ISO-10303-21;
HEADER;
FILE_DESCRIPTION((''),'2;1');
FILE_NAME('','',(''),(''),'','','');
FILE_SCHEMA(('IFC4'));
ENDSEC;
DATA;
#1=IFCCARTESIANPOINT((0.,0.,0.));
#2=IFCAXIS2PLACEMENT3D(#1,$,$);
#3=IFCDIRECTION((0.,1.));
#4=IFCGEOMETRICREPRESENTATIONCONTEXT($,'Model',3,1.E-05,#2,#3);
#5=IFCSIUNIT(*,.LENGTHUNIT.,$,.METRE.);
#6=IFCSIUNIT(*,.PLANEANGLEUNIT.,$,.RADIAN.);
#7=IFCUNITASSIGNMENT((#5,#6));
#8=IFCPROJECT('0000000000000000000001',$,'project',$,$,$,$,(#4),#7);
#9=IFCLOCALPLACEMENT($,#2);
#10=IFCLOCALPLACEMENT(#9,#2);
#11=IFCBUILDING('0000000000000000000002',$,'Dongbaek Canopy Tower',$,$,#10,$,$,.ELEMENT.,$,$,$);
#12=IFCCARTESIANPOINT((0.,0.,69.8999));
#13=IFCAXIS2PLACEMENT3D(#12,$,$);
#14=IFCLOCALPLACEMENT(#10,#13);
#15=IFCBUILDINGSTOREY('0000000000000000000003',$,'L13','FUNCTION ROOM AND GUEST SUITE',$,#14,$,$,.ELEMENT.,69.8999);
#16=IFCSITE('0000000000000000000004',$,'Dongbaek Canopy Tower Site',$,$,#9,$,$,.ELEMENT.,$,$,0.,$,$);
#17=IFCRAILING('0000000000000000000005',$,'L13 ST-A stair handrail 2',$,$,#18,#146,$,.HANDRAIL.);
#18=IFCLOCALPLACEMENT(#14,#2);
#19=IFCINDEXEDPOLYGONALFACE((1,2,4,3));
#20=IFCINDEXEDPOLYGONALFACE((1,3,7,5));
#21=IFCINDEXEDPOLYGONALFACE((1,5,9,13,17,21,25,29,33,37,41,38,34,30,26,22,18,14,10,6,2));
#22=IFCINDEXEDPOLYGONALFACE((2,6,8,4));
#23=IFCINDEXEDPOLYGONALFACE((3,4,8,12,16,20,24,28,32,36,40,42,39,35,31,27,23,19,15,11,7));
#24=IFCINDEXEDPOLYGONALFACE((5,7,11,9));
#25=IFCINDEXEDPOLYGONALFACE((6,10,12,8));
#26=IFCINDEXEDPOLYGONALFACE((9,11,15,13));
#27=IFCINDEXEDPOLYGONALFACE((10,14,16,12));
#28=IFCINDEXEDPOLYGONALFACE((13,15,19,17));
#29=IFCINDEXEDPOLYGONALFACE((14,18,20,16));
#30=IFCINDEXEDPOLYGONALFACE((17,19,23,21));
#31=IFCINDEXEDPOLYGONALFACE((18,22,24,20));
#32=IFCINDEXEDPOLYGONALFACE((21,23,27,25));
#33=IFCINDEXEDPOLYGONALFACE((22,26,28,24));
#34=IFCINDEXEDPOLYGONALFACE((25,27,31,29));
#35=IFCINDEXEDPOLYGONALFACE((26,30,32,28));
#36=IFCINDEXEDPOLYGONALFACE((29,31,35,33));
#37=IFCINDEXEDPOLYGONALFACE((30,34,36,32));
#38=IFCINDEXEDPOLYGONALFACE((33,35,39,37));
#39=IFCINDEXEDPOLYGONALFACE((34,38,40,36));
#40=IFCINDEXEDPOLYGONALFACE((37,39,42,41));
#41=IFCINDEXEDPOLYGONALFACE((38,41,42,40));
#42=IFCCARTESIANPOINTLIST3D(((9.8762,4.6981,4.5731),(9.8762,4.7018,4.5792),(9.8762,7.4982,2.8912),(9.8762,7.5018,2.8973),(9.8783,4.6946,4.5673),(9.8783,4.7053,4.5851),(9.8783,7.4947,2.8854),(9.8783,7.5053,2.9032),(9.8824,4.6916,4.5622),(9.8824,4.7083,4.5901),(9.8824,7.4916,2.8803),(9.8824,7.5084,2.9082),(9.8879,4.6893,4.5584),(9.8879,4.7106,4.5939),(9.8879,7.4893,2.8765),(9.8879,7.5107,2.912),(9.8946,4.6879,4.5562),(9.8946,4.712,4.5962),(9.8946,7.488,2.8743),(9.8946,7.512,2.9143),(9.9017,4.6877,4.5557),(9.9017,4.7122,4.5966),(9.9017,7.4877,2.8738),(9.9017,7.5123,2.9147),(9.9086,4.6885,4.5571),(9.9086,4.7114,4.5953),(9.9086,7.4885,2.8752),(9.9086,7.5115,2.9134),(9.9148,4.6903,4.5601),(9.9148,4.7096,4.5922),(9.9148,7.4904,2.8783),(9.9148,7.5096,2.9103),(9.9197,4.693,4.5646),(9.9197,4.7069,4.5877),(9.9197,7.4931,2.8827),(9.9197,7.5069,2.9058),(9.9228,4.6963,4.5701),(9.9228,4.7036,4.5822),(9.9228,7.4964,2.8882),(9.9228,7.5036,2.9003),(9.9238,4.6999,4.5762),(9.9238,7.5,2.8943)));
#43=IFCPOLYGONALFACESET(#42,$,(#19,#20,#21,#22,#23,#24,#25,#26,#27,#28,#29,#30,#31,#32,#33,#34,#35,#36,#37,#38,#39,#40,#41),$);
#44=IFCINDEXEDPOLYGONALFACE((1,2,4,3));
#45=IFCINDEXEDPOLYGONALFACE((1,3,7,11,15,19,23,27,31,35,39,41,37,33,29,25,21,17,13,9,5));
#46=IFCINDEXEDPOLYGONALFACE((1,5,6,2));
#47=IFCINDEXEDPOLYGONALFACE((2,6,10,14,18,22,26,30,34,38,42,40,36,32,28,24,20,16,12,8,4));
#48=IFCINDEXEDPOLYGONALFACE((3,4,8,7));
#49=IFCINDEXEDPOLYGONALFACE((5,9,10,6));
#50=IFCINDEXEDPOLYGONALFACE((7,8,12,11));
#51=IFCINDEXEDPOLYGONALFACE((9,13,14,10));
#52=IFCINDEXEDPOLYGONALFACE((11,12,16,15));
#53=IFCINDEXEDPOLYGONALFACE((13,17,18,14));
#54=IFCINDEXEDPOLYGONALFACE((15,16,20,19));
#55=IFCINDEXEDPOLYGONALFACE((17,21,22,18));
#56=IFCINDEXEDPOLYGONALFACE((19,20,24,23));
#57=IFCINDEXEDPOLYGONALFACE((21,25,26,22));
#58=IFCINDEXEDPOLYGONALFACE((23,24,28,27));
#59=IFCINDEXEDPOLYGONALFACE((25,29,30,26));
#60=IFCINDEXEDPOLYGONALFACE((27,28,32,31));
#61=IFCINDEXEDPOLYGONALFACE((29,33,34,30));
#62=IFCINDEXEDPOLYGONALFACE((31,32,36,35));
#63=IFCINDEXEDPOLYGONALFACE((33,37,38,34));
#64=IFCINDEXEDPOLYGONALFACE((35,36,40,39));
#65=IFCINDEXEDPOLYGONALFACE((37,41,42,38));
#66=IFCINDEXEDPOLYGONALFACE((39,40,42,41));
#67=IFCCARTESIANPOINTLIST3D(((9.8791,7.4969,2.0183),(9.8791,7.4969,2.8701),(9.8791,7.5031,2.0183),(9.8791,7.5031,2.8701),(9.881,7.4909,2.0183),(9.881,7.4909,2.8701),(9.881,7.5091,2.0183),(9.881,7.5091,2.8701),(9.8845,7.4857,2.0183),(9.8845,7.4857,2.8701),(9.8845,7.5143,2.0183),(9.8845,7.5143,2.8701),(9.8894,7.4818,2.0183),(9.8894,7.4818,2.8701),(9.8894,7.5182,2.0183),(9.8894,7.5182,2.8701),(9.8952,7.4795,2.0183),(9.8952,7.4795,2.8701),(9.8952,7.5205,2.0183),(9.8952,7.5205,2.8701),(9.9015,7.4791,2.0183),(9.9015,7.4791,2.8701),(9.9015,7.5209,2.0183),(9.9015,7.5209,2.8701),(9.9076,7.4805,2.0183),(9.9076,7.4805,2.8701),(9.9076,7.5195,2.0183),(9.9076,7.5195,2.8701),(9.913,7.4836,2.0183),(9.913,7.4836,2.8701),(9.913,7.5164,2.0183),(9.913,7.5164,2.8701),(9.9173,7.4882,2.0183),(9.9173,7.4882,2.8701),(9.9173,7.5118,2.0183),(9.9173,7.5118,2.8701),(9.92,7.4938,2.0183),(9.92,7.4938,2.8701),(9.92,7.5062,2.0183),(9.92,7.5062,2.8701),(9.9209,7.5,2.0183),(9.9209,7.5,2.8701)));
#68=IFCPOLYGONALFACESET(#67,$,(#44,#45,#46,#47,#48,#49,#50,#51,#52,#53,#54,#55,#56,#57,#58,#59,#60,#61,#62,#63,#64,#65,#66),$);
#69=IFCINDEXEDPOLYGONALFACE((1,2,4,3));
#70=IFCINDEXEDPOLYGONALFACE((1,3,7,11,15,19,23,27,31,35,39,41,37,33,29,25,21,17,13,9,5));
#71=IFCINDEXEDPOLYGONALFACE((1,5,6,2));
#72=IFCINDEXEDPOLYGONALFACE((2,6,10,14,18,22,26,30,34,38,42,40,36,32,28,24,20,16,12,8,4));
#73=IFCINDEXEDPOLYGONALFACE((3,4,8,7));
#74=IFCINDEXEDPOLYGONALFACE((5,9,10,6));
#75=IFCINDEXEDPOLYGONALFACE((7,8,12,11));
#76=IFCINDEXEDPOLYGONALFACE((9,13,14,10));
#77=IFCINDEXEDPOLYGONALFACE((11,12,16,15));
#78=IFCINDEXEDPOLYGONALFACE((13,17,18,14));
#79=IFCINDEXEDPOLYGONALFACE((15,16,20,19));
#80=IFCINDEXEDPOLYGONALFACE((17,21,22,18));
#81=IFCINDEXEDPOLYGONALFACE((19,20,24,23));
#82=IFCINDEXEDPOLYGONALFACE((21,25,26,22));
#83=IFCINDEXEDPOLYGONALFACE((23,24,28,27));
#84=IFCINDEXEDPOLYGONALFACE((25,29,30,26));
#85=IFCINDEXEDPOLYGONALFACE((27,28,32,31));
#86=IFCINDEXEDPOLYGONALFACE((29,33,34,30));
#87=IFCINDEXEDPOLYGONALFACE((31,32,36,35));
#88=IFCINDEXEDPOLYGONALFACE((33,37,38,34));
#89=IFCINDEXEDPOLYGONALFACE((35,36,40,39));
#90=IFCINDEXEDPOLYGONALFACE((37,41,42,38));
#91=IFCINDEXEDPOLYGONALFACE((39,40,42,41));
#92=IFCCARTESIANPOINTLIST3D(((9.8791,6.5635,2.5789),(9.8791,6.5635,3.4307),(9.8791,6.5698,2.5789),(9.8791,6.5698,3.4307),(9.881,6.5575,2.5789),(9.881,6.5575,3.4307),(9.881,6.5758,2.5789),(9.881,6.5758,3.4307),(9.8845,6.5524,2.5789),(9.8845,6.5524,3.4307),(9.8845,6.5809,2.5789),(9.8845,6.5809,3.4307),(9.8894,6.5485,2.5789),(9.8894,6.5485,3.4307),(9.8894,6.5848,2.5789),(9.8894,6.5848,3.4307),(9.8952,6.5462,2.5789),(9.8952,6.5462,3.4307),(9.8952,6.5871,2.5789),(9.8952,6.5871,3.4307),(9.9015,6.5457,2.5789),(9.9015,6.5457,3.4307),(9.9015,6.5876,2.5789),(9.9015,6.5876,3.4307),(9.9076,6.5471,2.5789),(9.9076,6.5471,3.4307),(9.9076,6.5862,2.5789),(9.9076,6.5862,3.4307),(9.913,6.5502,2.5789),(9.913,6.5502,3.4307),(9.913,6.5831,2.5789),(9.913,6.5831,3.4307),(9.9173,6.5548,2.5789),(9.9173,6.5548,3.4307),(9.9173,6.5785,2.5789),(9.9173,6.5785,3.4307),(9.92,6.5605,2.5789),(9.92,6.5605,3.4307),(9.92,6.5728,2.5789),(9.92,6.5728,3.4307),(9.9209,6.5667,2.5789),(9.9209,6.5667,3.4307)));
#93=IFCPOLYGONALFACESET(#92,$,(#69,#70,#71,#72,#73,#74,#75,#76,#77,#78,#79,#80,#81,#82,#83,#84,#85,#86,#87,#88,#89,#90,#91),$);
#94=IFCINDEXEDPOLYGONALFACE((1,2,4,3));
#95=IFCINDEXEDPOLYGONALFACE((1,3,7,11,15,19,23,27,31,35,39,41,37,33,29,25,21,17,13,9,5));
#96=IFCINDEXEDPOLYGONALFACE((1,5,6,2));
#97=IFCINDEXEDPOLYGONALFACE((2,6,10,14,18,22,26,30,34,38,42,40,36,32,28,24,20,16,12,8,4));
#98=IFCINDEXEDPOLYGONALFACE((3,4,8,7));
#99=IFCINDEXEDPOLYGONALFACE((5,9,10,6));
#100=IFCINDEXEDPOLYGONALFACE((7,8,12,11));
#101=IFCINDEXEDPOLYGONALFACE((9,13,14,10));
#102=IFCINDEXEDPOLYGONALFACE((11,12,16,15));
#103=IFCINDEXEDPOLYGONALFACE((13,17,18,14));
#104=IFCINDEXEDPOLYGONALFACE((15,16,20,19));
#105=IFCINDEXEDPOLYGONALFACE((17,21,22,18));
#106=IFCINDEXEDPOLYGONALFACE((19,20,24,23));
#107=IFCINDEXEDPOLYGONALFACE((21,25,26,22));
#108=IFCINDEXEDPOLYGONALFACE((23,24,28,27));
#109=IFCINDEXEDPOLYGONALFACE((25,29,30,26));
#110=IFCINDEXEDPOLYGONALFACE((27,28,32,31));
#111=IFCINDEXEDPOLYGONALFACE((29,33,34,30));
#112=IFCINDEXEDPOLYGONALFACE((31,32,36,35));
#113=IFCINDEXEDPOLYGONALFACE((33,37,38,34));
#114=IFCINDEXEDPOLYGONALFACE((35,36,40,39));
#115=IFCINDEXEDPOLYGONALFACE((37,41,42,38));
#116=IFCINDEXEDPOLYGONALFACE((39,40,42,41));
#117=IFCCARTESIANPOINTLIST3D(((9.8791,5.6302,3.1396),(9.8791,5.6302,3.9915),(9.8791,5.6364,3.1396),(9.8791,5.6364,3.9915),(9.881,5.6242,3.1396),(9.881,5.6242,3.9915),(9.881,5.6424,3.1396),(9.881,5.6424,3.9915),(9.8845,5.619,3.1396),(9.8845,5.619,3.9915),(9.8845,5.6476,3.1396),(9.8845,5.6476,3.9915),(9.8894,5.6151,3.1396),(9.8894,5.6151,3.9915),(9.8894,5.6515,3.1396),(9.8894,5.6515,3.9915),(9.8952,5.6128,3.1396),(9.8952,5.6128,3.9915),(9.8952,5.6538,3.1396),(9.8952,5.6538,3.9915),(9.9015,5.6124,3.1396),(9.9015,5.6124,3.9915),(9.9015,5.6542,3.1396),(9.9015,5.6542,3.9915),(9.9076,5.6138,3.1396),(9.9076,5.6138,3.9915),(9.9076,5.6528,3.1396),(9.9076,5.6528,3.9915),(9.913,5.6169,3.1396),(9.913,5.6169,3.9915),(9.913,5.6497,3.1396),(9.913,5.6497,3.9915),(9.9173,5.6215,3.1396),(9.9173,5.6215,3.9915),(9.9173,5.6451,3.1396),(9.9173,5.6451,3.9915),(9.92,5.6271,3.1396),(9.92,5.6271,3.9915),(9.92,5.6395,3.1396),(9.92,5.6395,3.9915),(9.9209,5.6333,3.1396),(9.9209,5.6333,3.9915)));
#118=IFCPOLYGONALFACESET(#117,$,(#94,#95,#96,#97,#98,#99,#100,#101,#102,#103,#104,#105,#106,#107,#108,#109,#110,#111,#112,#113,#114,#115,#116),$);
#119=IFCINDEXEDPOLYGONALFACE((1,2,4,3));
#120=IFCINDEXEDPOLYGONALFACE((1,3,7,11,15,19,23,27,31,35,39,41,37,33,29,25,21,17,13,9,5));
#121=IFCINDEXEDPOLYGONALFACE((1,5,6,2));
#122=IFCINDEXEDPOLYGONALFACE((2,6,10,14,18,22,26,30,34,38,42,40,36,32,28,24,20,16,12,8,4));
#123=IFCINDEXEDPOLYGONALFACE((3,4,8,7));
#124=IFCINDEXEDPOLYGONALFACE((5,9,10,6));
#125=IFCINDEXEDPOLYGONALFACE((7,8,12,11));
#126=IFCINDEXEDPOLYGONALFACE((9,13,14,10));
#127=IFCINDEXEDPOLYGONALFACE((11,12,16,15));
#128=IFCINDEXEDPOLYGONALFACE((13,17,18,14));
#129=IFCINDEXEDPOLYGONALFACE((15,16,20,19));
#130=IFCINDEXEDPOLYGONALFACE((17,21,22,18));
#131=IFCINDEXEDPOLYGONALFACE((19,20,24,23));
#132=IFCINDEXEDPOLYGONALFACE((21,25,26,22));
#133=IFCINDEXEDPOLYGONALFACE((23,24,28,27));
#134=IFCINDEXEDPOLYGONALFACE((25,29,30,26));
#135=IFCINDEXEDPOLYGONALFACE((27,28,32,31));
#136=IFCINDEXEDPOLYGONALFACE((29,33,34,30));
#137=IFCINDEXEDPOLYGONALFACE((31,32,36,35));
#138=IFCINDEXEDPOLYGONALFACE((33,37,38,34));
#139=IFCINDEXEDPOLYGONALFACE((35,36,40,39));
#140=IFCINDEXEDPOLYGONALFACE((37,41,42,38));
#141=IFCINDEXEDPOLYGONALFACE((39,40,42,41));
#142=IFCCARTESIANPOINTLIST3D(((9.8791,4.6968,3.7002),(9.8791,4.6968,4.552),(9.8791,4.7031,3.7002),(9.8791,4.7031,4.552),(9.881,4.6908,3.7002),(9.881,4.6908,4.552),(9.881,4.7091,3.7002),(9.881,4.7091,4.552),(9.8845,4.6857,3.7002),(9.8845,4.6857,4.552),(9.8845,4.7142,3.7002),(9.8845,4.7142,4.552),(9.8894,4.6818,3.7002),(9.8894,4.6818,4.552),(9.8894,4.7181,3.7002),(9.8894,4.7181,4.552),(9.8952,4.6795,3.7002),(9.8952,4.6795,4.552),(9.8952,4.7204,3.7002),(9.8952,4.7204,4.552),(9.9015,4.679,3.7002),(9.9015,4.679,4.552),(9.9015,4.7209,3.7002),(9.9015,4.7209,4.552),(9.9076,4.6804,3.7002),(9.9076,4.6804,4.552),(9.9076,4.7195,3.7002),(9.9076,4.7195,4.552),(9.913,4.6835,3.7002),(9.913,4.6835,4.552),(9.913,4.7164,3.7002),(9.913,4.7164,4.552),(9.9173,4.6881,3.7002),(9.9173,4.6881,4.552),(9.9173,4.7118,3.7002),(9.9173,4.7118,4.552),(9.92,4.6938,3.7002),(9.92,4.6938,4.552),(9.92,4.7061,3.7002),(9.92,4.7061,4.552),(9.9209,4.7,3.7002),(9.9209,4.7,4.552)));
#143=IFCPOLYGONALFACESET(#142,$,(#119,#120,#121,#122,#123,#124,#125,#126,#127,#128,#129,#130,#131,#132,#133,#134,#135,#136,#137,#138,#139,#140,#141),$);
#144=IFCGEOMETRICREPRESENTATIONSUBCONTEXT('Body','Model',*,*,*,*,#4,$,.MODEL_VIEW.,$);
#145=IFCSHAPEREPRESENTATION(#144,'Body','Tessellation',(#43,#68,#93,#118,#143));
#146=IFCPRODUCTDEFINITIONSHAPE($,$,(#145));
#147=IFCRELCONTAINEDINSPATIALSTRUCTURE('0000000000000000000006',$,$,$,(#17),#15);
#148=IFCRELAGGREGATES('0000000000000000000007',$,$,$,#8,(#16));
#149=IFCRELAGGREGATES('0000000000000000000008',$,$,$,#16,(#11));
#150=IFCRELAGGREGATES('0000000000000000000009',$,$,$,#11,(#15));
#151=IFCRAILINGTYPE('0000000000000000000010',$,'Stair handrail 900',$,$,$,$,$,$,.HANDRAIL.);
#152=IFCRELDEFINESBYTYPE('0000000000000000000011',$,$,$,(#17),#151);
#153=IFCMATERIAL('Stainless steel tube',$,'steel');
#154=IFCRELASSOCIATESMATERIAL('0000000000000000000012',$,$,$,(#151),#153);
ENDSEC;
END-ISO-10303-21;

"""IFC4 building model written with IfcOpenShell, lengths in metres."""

from ifc_helpers import new_model, si_unit, direction, frame, origin, origin_2d, place, context, subcontext, project, spatial, circle, extrude, material, type_object, element, save


model = new_model("IFC4")

# Units and contexts
model_context = context("Model", 3, precision=1e-05, world=origin(), true_north=direction((0.0, 1.0)))
body_context = subcontext(model_context, "Body", "Model", "MODEL_VIEW")
ifc_project = project(units=[si_unit("LENGTHUNIT", "METRE"), si_unit("PLANEANGLEUNIT", "RADIAN")], contexts=[model_context])

# Site, building, storey
site_placement = place(None, origin())
site = spatial("IfcSite", under=ifc_project, at=site_placement, Name="Dongbaek Canopy Tower Site", CompositionType="ELEMENT", RefElevation=0.0)
building_placement = place(site_placement, origin())
building = spatial("IfcBuilding", under=site, at=building_placement, Name="Dongbaek Canopy Tower", CompositionType="ELEMENT")
storey_placement = place(building_placement, frame((0.0, 0.0, 69.8999)))
storey = spatial("IfcBuildingStorey", under=building, at=storey_placement, Name="L13", Description="FUNCTION ROOM AND GUEST SUITE", CompositionType="ELEMENT", Elevation=69.8999)

# Railing
ifc_material_1 = material(Name="Stainless steel tube", Category="steel")
railing_type_1 = type_object("IfcRailingType", Name="Stair handrail 900", PredefinedType="HANDRAIL", material=ifc_material_1)
railing_1_placement = place(storey_placement, frame((9.8999, 7.5, 2.0183)))
element("IfcRailing", 1, at=railing_1_placement, inside=storey, type_object=railing_type_1, Name="L13 ST-A stair handrail 2", PredefinedType="HANDRAIL", context=body_context, shape_type="SweptSolid", body=[
    extrude(circle(Radius=0.0239, at=origin_2d()), frame((0.0, 0.0, 0.876), z_axis=(0.0, -0.857242, 0.514913), x_axis=(1.0, 0.0, 0.0)), (0.0, 0.0, 1.0), 3.2664),
    extrude(circle(Radius=0.021, at=origin_2d()), origin(), (0.0, 0.0, 1.0), 0.8518),
    extrude(circle(Radius=0.021, at=origin_2d()), frame((0.0, -0.9333, 0.5605)), (0.0, 0.0, 1.0), 0.8518),
    extrude(circle(Radius=0.021, at=origin_2d()), frame((0.0, -1.8667, 1.1213)), (0.0, 0.0, 1.0), 0.8518),
    extrude(circle(Radius=0.021, at=origin_2d()), frame((0.0, -2.8, 1.6819)), (0.0, 0.0, 1.0), 0.8518),
])

save(model, "model.ifc")
